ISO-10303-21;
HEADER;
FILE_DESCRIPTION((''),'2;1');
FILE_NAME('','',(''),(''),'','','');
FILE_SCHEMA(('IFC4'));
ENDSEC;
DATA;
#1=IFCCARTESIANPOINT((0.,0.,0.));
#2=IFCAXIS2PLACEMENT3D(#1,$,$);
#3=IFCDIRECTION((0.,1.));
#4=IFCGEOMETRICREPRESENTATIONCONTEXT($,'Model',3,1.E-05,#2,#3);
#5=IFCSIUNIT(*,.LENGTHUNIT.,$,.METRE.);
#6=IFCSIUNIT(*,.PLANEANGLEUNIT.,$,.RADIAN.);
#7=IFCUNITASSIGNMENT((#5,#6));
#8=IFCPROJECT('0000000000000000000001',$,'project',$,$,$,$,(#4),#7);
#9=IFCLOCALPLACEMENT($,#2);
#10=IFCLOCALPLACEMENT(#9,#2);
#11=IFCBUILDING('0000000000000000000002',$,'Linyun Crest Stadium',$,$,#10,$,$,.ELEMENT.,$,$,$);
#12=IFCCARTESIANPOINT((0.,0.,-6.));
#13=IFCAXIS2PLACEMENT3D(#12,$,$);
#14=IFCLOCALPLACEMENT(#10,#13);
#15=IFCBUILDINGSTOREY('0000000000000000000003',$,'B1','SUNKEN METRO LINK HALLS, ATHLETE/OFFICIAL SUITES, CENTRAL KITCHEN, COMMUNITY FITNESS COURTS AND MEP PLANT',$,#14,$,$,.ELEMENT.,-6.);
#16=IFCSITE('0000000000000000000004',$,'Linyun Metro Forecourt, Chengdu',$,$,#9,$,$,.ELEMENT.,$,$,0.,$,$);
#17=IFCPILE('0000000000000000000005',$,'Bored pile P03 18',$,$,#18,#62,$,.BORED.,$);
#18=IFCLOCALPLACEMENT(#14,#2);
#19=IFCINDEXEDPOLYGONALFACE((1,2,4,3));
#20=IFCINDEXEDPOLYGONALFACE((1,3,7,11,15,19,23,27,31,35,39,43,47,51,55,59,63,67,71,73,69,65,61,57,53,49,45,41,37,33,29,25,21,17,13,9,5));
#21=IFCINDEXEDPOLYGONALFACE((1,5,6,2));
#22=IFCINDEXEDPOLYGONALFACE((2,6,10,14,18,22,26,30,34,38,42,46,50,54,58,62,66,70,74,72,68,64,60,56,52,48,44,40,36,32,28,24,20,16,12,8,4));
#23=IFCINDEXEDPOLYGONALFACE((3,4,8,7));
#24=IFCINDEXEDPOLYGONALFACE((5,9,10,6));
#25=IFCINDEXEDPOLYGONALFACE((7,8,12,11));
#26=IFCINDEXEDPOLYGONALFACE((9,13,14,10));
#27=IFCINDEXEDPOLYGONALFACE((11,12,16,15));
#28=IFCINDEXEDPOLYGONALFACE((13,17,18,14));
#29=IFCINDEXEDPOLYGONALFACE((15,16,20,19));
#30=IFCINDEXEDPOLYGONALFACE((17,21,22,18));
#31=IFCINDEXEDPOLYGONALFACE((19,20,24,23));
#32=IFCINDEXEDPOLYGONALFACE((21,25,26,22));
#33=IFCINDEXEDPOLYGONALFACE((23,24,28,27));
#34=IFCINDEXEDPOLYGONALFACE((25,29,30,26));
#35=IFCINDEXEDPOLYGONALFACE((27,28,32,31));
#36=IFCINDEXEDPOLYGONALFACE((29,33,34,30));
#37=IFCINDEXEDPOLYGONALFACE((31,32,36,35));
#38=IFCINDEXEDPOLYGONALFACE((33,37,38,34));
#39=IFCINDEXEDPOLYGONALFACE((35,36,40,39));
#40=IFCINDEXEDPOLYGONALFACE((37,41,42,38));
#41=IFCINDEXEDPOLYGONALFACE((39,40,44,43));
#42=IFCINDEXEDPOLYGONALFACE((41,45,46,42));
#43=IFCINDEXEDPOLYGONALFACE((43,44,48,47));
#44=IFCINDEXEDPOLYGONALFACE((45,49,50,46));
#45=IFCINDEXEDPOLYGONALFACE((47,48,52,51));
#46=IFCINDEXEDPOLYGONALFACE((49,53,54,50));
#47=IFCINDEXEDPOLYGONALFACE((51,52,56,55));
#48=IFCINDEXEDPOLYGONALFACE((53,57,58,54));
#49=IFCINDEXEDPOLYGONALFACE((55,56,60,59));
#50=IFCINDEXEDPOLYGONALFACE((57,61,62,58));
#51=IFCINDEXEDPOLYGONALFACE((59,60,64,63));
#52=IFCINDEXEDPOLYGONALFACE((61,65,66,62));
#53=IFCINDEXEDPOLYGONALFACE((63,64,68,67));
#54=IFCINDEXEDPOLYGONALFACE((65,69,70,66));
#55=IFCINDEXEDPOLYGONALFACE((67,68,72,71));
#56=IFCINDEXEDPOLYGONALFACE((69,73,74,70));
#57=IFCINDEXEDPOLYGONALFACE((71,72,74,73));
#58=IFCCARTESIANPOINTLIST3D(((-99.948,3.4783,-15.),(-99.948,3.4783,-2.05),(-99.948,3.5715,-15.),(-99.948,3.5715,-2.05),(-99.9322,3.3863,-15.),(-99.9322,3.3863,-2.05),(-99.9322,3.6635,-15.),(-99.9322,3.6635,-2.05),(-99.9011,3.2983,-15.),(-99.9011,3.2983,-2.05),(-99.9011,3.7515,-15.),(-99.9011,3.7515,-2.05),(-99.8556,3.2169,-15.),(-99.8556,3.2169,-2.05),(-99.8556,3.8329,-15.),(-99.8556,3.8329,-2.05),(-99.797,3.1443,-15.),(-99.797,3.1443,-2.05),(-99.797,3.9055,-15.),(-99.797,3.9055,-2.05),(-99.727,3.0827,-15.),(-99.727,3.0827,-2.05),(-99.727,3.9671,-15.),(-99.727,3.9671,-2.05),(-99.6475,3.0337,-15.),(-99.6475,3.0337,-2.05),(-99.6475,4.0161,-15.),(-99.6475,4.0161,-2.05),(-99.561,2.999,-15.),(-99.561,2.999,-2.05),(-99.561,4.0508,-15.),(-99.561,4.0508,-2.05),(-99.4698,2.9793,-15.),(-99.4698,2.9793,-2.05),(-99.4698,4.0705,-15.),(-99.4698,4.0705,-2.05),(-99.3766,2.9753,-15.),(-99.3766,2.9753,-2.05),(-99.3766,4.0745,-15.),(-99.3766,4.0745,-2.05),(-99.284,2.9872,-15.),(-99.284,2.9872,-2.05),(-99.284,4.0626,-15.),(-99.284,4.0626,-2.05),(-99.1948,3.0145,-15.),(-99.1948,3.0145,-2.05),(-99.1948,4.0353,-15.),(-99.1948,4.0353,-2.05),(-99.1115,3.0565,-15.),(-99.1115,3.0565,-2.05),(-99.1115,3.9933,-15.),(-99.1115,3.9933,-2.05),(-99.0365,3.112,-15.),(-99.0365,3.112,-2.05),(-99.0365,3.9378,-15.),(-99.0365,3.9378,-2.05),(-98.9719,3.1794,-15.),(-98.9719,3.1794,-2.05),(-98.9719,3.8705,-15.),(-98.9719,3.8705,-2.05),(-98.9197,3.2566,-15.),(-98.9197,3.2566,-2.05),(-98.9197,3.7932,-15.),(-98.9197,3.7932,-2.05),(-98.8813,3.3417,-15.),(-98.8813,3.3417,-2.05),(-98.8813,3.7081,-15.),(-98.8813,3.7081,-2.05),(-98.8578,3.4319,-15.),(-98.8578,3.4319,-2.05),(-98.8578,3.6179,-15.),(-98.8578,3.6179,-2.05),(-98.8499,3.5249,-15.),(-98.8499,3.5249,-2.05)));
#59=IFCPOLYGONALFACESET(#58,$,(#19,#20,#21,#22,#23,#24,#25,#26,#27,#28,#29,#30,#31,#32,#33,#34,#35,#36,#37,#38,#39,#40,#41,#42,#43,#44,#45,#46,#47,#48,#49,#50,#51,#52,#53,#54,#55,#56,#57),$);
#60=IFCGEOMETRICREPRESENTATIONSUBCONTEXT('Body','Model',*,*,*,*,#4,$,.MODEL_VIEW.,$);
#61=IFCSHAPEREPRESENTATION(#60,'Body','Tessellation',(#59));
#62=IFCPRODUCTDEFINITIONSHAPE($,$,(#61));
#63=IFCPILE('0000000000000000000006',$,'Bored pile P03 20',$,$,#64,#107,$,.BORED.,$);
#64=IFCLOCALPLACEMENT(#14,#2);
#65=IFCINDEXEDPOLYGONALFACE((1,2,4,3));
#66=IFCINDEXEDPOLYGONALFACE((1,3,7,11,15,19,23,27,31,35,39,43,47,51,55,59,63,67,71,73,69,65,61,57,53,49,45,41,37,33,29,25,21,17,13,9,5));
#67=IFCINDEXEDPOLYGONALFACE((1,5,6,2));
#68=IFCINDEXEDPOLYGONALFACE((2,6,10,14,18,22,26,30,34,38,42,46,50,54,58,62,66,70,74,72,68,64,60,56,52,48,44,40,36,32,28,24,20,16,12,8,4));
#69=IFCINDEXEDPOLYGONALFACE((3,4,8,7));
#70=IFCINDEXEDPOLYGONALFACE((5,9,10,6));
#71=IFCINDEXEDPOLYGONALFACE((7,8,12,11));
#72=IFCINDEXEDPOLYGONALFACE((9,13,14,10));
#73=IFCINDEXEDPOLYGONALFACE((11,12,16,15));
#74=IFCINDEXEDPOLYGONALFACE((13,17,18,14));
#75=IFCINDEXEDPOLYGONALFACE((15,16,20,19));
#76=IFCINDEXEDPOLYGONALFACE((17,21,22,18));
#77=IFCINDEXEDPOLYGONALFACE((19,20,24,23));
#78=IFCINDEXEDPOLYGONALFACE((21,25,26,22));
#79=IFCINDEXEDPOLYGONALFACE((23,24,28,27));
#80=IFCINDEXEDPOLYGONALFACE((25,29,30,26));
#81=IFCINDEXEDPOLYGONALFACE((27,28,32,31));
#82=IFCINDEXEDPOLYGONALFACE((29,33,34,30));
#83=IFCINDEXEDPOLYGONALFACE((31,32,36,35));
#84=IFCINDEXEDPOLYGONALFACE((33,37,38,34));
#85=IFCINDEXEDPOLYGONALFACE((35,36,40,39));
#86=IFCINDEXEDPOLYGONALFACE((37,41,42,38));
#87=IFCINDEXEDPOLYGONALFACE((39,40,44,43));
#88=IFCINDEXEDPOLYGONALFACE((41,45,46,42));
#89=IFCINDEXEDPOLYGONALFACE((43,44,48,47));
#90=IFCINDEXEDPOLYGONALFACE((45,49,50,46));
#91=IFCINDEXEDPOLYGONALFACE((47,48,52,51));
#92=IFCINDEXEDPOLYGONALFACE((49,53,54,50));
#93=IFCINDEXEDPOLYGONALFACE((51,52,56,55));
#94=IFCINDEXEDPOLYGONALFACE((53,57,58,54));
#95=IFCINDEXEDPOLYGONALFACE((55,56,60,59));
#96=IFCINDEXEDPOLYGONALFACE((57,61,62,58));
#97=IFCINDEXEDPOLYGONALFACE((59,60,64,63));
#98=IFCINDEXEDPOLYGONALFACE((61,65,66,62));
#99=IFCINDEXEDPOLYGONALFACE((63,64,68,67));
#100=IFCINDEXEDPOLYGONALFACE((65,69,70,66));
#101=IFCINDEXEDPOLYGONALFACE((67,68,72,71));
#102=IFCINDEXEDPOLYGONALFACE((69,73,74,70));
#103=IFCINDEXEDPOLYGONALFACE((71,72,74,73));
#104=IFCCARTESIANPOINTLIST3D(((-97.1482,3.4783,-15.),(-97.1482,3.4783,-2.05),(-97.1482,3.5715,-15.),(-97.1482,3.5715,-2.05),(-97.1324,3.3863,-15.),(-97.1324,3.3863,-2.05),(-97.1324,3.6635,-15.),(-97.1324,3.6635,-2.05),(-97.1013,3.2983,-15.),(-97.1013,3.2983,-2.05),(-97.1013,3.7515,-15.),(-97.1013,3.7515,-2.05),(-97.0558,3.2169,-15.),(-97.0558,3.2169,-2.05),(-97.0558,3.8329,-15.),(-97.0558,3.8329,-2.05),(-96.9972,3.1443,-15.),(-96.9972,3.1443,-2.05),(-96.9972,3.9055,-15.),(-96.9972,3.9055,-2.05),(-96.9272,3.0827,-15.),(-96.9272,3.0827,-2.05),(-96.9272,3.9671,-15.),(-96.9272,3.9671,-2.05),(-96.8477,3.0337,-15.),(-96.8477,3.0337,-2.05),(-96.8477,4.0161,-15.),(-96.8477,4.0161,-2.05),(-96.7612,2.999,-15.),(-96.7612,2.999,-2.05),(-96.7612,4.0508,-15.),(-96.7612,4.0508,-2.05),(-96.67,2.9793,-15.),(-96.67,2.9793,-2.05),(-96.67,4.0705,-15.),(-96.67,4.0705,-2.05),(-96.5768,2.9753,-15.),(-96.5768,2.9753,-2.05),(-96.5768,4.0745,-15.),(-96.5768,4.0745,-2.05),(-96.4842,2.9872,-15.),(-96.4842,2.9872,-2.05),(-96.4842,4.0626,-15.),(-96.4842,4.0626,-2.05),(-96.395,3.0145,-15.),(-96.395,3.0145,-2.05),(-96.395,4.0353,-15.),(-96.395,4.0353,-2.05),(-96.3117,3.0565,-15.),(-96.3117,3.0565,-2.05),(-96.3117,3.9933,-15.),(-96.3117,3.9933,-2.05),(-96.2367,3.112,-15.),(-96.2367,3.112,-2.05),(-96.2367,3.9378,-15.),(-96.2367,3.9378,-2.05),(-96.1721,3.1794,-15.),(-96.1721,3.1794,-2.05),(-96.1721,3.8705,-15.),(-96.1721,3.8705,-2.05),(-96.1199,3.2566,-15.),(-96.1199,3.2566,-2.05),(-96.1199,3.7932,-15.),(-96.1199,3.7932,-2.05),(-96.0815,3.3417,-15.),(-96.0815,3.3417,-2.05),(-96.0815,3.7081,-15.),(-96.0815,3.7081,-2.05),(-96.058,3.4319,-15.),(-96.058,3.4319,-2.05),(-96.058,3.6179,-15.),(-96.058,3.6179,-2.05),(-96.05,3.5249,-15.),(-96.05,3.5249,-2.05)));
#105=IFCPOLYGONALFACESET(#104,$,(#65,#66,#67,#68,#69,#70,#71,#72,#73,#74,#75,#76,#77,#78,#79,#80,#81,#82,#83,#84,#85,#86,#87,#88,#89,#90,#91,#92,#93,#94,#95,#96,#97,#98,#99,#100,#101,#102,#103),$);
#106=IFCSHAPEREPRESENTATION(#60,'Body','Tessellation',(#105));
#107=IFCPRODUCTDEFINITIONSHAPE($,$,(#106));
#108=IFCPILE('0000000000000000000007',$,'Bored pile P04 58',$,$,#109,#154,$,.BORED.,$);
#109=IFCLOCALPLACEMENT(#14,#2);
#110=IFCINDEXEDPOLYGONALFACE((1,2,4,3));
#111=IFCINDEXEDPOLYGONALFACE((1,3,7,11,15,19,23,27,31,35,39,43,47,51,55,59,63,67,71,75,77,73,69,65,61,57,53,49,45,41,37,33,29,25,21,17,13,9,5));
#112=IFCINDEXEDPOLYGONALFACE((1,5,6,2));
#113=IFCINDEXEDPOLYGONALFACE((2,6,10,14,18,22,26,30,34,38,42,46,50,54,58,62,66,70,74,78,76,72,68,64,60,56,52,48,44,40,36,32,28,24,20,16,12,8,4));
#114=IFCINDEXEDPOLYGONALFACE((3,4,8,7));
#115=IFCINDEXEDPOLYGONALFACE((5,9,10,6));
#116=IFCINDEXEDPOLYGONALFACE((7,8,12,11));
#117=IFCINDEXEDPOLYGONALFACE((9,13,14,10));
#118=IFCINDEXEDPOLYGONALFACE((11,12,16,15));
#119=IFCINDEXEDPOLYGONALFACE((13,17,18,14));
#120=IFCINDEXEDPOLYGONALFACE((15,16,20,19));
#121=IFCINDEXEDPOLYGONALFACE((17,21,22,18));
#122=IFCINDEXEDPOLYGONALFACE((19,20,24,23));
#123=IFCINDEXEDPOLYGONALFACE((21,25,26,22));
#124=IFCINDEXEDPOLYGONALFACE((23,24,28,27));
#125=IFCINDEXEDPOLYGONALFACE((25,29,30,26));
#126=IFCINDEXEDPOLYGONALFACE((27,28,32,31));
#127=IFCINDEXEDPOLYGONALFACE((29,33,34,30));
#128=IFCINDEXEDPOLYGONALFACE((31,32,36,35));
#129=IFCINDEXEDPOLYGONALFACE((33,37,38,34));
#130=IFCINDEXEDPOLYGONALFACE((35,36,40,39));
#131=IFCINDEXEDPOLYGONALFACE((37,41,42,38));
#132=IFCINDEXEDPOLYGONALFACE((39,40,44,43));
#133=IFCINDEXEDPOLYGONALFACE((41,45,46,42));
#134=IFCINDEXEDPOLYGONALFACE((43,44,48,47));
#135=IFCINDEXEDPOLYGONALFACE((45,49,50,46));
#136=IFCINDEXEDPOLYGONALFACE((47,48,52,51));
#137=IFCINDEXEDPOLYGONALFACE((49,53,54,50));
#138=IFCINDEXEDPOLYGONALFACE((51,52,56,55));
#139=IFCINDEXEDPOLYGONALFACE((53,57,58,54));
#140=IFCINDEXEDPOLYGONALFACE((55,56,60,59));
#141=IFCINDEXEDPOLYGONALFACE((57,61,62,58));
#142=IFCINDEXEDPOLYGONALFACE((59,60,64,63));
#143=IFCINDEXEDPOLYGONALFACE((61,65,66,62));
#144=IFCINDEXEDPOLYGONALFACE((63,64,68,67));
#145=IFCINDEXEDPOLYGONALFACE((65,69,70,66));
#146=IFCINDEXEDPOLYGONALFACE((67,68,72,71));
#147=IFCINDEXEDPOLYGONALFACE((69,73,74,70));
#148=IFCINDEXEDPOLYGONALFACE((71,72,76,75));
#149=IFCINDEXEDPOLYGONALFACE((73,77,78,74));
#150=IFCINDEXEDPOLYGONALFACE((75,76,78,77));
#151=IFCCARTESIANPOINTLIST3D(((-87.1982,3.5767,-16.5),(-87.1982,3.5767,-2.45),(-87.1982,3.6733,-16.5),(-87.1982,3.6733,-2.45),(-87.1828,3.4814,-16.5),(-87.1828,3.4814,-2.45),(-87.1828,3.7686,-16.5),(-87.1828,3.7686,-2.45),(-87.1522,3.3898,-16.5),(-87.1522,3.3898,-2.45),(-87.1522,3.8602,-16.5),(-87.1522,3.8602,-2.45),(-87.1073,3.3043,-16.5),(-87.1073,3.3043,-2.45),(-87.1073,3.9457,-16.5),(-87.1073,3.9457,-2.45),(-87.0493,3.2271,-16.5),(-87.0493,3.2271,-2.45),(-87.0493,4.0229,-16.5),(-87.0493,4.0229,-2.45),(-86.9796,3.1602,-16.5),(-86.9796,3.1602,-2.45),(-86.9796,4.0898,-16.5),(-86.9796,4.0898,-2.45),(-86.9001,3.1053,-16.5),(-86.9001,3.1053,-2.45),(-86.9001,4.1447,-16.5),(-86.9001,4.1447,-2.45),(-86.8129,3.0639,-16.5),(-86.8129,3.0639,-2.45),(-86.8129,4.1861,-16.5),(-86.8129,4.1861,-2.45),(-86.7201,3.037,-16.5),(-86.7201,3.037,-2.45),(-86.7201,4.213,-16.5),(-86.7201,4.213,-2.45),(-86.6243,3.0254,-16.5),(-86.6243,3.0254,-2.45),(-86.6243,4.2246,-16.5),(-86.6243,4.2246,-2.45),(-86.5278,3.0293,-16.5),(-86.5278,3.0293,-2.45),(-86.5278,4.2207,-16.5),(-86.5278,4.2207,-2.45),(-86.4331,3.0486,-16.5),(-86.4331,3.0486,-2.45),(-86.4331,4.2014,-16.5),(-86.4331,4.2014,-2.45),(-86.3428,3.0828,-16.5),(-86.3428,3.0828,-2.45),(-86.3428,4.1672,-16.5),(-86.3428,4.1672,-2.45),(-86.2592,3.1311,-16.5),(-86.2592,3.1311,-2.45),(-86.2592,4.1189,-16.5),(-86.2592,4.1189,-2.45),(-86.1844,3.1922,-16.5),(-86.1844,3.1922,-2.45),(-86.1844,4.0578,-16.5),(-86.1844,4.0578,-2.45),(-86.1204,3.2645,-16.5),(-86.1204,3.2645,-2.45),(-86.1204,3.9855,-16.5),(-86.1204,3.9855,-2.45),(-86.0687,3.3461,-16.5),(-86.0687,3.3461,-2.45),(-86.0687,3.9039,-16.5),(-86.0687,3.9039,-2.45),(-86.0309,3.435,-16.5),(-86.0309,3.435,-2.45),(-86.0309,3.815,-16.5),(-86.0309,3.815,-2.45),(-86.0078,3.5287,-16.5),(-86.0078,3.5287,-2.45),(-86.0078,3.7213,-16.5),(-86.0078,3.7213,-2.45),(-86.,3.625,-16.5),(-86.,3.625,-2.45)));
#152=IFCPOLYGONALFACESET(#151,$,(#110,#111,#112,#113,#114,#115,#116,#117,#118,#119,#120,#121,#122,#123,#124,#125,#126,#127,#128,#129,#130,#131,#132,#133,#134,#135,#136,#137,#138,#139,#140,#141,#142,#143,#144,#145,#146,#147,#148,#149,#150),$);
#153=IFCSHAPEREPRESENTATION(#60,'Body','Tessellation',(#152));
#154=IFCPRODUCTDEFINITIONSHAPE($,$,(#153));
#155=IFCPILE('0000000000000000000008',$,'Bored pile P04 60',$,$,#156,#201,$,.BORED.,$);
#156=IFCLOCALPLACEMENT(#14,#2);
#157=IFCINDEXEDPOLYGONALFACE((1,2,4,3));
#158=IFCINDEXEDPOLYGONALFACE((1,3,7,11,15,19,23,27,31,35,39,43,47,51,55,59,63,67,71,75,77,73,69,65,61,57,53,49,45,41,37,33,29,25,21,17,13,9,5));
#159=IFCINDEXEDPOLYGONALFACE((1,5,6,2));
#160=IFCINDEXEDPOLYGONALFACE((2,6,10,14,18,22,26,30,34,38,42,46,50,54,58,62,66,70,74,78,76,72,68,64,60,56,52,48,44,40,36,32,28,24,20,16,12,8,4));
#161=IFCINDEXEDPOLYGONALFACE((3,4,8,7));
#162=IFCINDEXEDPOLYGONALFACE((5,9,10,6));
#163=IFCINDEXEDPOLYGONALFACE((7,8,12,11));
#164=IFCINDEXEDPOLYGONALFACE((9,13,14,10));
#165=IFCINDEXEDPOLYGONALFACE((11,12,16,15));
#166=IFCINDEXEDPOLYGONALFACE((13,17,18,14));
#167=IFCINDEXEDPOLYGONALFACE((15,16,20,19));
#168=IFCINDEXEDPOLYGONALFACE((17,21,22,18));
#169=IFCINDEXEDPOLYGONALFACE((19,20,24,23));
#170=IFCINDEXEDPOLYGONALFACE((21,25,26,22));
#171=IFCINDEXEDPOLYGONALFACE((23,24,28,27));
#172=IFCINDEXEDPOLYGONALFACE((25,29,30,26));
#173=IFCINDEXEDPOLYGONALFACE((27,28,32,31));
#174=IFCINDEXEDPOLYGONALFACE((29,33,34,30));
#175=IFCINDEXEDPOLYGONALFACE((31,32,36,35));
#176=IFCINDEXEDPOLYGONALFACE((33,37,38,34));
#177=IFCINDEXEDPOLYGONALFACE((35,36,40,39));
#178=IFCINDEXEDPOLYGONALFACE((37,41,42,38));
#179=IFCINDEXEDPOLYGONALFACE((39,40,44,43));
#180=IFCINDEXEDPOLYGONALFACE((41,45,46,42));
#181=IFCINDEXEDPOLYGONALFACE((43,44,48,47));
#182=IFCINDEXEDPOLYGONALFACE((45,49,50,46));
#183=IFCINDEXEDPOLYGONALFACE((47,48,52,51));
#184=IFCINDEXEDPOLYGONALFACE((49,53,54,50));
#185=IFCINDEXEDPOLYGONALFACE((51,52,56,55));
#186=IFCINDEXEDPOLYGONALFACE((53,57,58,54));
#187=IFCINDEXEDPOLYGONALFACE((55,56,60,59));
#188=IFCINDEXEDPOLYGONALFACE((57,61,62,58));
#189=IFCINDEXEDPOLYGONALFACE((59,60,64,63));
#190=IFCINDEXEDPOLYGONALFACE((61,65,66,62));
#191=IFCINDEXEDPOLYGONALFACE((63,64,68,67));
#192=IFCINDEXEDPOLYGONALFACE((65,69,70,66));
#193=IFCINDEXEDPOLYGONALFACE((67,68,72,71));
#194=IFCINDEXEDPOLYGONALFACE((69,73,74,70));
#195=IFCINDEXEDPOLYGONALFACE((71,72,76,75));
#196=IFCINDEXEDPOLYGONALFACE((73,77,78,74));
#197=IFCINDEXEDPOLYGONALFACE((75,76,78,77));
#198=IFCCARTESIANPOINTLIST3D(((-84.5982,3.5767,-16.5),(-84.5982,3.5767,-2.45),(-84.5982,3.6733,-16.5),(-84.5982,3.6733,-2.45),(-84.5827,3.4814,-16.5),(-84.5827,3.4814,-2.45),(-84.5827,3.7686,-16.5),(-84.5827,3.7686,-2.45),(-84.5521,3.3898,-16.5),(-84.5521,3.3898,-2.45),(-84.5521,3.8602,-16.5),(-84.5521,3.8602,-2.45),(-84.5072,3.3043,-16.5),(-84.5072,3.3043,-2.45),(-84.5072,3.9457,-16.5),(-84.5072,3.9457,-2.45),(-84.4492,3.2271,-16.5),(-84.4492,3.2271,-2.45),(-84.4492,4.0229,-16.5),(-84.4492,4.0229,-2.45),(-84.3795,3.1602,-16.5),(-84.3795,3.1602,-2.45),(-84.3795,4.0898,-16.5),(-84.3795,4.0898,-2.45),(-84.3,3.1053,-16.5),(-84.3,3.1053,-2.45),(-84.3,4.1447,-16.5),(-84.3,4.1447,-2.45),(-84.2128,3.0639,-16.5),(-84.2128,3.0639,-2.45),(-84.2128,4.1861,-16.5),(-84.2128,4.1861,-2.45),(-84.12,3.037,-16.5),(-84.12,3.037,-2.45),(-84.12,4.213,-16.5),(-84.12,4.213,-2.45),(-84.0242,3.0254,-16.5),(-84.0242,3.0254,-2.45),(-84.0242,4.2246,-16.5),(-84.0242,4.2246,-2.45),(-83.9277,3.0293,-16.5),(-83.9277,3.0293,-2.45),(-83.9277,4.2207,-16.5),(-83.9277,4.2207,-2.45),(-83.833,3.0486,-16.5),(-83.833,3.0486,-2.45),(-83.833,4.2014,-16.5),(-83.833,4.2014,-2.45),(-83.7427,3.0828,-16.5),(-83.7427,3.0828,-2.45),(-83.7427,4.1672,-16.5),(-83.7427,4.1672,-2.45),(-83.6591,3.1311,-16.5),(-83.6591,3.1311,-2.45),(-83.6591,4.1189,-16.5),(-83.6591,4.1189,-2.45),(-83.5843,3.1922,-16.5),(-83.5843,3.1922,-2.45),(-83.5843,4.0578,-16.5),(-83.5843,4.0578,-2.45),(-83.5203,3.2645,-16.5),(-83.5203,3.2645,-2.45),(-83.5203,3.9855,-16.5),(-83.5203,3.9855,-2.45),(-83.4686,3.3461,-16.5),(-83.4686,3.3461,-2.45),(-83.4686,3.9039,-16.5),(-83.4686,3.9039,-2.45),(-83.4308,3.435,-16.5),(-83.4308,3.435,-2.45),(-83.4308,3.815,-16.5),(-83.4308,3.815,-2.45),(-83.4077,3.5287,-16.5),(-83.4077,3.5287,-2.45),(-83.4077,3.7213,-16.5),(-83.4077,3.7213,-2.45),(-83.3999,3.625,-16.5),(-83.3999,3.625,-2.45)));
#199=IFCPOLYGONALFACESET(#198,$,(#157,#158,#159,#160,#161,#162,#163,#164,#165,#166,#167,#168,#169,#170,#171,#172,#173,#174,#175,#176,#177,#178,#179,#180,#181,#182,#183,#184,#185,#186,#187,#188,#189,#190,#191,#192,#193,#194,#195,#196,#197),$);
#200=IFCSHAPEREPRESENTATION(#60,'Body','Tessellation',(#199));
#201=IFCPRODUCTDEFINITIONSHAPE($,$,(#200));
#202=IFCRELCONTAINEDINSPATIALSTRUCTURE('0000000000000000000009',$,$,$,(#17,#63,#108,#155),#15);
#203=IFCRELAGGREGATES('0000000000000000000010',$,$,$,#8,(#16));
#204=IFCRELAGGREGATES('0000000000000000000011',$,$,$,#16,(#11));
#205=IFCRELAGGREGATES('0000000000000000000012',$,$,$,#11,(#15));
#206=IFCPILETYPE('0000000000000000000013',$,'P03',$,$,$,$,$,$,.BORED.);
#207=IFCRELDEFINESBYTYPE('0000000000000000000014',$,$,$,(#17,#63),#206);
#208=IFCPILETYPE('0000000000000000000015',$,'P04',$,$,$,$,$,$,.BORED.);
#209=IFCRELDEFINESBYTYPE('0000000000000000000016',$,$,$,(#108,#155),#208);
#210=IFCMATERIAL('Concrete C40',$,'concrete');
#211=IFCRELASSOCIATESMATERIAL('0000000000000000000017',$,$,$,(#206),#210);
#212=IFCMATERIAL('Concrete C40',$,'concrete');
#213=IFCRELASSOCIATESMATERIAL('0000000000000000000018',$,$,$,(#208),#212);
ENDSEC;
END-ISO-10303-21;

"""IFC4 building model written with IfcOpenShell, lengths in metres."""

from ifc_helpers import new_model, si_unit, direction, frame, origin, origin_2d, place, context, subcontext, project, spatial, circle, extrude, material, material_profile, profile_set, type_object, element, save


model = new_model("IFC4")

# Units and contexts
model_context = context("Model", 3, precision=1e-05, world=origin(), true_north=direction((0.0, 1.0)))
body_context = subcontext(model_context, "Body", "Model", "MODEL_VIEW")
ifc_project = project(units=[si_unit("LENGTHUNIT", "METRE"), si_unit("PLANEANGLEUNIT", "RADIAN")], contexts=[model_context])

# Site, building, storey
site_placement = place(None, origin())
site = spatial("IfcSite", under=ifc_project, at=site_placement, Name="Linyun Metro Forecourt, Chengdu", CompositionType="ELEMENT", RefElevation=0.0)
building_placement = place(site_placement, origin())
building = spatial("IfcBuilding", under=site, at=building_placement, Name="Linyun Crest Stadium", CompositionType="ELEMENT")
storey_placement = place(building_placement, frame((0.0, 0.0, -6.0)))
storey = spatial("IfcBuildingStorey", under=building, at=storey_placement, Name="B1", Description="SUNKEN METRO LINK HALLS, ATHLETE/OFFICIAL SUITES, CENTRAL KITCHEN, COMMUNITY FITNESS COURTS AND MEP PLANT", CompositionType="ELEMENT", Elevation=-6.0)

# Piles
ifc_material_1 = material(Name="Concrete C40", Category="concrete")
ifc_material_profile_1 = material_profile(ifc_material_1, circle(Radius=0.55, at=origin_2d()), Name="BORED PILE 1100")
ifc_profile_set_1 = profile_set([ifc_material_profile_1], Name="Concrete C40")
pile_type_1 = type_object("IfcPileType", Name="P03", PredefinedType="BORED", material=ifc_profile_set_1)
for number, where, z_axis, x_axis, name in (
    (1, (-99.3999, 3.5249, -2.05), (0.0, 0.0, -1.0), (1.0, 0.0, 0.0), "Bored pile P03 18"),
    (2, (-96.6001, 3.5249, -2.05), (0.0, 0.0, -1.0), (1.0, 0.0, 0.0), "Bored pile P03 20"),
):
    element("IfcPile", number, at=place(storey_placement, frame(where, z_axis=z_axis, x_axis=x_axis)), inside=storey, type_object=pile_type_1, Name=name, PredefinedType="BORED", context=body_context, shape_type="SweptSolid", body=[
        extrude(circle(Radius=0.55, at=origin_2d()), origin(), (0.0, 0.0, 1.0), 12.95),
    ])
ifc_material_2 = material(Name="Concrete C40", Category="concrete")
ifc_material_profile_2 = material_profile(ifc_material_2, circle(Radius=0.6001, at=origin_2d()), Name="BORED PILE 1200")
ifc_profile_set_2 = profile_set([ifc_material_profile_2], Name="Concrete C40")
pile_type_2 = type_object("IfcPileType", Name="P04", PredefinedType="BORED", material=ifc_profile_set_2)
for number, where, z_axis, x_axis, name in (
    (3, (-86.6001, 3.625, -2.45), (0.0, 0.0, -1.0), (1.0, 0.0, 0.0), "Bored pile P04 58"),
    (4, (-84.0, 3.625, -2.45), (0.0, 0.0, -1.0), (1.0, 0.0, 0.0), "Bored pile P04 60"),
):
    element("IfcPile", number, at=place(storey_placement, frame(where, z_axis=z_axis, x_axis=x_axis)), inside=storey, type_object=pile_type_2, Name=name, PredefinedType="BORED", context=body_context, shape_type="SweptSolid", body=[
        extrude(circle(Radius=0.6001, at=origin_2d()), origin(), (0.0, 0.0, 1.0), 14.05),
    ])

save(model, "model.ifc")
